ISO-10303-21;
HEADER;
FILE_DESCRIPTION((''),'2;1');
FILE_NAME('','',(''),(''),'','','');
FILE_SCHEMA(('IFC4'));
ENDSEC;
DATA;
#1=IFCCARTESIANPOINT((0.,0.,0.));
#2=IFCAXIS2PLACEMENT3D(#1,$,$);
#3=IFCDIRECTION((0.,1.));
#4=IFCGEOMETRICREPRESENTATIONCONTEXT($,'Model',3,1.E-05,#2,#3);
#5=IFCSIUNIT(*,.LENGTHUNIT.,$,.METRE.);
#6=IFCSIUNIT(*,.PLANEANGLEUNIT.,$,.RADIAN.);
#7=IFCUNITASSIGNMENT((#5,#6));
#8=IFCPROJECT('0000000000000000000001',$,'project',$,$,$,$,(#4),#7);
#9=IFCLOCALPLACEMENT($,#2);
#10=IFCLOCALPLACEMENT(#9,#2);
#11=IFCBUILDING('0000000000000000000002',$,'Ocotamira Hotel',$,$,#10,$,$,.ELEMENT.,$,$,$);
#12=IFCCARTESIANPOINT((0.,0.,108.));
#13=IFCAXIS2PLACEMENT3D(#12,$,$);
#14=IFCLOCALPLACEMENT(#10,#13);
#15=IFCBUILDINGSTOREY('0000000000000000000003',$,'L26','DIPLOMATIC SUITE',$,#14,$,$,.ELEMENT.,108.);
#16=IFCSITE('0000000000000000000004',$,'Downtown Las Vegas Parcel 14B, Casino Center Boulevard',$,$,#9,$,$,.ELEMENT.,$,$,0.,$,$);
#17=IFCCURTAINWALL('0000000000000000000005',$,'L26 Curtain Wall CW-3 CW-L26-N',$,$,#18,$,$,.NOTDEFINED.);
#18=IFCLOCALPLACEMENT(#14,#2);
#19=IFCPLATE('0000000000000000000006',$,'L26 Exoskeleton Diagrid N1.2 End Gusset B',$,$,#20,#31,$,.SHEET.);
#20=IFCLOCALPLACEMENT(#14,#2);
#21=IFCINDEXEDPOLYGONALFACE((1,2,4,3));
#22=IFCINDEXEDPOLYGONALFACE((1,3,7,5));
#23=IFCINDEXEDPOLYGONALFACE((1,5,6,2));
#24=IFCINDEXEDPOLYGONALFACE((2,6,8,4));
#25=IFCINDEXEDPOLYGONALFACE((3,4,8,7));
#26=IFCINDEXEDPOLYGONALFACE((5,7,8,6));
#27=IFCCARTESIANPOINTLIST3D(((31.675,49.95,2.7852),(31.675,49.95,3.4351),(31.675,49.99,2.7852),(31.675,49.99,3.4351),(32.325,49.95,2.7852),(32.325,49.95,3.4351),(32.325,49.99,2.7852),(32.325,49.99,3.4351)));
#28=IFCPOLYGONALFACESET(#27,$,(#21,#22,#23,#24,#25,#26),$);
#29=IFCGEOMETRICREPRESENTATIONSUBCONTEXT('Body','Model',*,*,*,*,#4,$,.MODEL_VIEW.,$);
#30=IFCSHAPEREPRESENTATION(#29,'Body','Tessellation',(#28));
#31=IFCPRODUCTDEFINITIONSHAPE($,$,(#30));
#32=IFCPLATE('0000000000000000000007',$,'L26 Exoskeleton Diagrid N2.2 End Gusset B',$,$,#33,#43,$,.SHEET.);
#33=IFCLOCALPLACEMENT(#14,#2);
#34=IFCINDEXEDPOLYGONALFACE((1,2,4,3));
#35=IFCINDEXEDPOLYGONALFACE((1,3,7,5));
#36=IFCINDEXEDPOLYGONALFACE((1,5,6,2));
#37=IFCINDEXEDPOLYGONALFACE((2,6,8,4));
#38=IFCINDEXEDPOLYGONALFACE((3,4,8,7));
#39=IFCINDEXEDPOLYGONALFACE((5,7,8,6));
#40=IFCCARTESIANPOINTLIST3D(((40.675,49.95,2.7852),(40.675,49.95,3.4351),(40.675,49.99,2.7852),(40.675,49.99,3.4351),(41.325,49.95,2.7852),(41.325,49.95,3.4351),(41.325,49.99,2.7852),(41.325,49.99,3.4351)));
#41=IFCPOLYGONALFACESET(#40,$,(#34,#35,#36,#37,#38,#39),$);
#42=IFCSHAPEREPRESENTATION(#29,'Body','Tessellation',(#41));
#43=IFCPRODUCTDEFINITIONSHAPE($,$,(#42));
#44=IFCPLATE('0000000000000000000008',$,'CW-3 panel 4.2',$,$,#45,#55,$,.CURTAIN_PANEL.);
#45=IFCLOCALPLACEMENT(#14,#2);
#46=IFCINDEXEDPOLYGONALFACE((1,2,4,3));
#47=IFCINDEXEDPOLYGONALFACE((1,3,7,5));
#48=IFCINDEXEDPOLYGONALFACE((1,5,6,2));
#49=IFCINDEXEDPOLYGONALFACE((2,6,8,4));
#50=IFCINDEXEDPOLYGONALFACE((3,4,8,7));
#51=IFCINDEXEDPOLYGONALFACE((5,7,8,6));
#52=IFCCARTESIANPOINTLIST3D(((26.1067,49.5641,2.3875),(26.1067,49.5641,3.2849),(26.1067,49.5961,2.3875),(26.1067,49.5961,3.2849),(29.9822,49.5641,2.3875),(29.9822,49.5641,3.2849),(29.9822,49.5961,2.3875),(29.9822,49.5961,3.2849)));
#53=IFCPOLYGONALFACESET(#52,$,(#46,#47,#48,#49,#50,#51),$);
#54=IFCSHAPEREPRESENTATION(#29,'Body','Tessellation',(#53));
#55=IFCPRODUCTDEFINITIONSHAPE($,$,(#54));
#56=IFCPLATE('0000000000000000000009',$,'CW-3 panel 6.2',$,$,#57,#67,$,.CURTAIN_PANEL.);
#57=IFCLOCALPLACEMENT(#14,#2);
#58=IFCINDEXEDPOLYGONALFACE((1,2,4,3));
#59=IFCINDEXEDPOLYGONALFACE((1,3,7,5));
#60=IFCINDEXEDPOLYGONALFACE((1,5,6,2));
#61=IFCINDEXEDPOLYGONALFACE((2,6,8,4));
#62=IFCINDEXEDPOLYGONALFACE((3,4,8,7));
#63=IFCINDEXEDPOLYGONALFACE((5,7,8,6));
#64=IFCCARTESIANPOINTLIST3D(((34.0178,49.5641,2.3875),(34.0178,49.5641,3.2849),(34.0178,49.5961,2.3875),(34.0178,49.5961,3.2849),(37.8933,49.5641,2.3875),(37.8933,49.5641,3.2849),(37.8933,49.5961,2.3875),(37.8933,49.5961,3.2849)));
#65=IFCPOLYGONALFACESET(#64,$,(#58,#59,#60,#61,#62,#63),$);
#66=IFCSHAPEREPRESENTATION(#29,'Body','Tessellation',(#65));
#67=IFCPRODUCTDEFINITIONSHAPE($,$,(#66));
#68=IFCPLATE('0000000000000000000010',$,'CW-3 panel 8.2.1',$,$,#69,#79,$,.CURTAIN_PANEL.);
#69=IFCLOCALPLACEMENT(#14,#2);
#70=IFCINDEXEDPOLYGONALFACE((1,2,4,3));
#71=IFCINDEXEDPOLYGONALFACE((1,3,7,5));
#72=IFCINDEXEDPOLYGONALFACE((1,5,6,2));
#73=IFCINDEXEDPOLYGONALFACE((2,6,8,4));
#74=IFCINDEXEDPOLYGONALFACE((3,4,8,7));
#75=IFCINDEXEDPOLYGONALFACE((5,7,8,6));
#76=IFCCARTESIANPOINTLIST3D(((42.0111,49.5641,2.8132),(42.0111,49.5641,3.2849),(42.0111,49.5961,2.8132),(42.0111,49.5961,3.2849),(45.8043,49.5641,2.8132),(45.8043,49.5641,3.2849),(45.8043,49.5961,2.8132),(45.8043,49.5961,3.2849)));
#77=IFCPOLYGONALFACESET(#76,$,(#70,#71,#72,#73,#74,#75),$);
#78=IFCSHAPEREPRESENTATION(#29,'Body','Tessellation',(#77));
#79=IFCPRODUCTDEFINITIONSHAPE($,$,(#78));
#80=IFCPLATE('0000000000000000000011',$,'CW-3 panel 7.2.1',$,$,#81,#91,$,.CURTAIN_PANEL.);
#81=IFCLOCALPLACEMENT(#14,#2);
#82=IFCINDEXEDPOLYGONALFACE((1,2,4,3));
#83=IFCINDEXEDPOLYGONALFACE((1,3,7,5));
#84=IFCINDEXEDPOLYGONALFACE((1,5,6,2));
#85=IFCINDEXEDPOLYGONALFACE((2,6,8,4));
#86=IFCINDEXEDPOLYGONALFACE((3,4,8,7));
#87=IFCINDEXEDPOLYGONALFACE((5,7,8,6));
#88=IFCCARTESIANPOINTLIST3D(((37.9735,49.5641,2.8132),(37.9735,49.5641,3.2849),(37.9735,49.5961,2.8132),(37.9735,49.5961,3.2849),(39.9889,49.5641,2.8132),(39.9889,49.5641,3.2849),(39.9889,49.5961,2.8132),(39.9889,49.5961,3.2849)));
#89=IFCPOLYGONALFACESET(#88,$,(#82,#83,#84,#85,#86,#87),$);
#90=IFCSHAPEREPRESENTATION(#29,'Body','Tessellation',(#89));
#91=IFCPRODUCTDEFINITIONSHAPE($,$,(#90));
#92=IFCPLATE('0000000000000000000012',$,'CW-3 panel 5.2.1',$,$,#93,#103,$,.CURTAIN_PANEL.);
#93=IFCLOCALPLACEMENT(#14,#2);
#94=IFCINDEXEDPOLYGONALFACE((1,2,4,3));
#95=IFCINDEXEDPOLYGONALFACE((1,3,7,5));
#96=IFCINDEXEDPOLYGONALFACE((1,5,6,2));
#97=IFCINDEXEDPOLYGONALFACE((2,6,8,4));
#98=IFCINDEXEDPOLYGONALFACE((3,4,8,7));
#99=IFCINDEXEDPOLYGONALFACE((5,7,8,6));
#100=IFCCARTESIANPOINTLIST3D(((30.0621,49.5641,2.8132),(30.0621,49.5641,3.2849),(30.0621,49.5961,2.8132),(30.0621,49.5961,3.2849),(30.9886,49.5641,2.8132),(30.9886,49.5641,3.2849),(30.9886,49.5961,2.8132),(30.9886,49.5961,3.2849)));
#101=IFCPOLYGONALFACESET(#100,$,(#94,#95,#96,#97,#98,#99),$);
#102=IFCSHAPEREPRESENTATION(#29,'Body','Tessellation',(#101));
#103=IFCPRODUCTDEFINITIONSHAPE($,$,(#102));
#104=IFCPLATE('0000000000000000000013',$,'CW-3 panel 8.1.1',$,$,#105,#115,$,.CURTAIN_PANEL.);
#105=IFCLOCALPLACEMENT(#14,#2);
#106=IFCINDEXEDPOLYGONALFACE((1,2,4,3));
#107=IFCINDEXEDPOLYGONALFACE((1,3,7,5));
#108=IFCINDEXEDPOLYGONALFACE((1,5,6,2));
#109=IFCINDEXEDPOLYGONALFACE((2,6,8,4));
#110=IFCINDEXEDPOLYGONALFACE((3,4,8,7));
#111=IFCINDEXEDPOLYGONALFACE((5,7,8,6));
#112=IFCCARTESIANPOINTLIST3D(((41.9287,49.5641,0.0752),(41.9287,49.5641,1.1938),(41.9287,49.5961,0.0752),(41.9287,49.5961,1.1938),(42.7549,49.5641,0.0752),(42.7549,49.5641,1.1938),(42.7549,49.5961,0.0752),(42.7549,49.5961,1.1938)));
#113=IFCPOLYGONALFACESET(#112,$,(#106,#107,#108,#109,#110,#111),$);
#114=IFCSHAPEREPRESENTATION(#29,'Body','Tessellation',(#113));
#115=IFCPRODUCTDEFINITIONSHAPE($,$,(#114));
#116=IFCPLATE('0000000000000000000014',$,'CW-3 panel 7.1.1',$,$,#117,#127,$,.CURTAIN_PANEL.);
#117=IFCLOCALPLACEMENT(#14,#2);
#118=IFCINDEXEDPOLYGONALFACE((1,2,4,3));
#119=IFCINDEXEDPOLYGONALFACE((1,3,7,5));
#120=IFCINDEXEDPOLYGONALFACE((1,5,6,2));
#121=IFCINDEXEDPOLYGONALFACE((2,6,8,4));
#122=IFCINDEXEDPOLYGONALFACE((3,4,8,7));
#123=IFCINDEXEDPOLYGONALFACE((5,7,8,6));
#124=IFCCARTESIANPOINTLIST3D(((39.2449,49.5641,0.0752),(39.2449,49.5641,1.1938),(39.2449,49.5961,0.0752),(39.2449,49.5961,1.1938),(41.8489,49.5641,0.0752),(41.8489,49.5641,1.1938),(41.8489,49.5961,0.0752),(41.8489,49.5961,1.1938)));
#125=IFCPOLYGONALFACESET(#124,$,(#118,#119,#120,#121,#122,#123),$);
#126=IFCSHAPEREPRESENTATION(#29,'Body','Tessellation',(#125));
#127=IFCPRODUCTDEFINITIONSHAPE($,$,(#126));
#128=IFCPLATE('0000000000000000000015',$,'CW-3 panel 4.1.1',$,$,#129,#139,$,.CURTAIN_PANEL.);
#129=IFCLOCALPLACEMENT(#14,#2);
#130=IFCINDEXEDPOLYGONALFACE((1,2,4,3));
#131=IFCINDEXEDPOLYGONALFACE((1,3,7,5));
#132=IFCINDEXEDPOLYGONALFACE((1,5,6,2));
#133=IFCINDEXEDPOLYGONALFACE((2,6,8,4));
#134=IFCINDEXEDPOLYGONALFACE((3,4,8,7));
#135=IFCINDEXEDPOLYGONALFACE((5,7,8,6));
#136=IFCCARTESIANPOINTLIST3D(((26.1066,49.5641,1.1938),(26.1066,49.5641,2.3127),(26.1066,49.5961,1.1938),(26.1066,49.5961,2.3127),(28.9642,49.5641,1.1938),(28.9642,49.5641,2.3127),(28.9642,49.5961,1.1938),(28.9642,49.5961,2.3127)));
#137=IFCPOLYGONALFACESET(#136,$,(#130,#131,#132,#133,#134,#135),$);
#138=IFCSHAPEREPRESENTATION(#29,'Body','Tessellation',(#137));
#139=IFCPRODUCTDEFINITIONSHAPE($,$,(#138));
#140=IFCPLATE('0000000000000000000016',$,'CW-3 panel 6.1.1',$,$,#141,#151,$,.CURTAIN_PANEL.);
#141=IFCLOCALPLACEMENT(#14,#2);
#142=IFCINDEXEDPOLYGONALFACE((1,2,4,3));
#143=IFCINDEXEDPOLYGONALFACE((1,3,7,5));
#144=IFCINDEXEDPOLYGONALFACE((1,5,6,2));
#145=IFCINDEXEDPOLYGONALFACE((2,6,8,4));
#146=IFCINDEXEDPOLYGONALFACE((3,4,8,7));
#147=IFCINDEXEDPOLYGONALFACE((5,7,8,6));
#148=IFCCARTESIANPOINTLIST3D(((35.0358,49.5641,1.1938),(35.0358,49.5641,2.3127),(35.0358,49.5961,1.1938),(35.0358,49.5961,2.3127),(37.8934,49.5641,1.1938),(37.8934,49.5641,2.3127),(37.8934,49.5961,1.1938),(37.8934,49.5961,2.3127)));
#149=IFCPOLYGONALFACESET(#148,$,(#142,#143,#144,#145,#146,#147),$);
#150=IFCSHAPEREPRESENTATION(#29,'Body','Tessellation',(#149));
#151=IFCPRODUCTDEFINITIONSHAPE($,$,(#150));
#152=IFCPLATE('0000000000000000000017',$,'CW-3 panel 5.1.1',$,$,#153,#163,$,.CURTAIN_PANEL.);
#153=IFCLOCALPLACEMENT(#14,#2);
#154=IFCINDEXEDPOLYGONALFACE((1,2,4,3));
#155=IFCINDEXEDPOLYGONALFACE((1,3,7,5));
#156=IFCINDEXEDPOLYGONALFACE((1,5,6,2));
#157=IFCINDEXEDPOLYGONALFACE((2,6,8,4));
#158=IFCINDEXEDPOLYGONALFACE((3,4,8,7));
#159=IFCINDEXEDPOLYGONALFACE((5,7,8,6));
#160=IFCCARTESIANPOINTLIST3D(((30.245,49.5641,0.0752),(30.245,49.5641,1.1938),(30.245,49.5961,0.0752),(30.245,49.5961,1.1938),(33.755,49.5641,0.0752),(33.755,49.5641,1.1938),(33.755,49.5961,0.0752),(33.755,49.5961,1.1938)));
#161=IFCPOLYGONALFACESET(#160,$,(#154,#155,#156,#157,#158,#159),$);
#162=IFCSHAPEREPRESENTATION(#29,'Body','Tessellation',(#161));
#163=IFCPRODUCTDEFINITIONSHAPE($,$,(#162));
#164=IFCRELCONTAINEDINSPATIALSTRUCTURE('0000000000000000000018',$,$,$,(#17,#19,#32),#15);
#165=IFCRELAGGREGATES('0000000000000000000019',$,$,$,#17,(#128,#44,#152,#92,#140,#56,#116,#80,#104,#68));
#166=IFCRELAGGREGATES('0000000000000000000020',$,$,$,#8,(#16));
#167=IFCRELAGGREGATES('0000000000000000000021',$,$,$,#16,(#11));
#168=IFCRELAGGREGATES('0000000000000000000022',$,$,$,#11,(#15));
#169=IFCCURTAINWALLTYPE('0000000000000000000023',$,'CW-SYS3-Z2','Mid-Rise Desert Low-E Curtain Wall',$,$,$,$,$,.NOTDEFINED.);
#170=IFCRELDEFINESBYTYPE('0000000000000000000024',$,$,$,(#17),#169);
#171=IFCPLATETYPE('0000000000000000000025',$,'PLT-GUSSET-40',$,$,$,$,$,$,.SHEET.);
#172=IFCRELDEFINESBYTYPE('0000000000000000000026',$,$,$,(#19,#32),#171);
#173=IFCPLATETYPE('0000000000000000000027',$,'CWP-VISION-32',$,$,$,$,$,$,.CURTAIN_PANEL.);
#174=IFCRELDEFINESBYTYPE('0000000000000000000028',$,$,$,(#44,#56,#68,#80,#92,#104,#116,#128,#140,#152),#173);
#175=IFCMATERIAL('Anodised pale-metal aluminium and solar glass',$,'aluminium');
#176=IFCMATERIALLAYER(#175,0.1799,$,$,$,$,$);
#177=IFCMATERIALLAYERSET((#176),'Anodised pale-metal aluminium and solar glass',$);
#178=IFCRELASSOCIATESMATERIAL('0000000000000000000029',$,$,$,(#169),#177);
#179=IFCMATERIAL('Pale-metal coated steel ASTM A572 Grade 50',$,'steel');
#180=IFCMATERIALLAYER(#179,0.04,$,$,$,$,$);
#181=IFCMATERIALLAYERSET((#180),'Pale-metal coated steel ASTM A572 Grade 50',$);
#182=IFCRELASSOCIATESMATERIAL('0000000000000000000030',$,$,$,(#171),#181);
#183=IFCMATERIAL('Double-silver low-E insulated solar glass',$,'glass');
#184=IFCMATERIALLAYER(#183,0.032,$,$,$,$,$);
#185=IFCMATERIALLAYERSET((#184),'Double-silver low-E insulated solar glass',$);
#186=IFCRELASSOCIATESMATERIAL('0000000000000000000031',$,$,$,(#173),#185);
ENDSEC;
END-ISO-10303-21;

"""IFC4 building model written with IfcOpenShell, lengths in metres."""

from ifc_helpers import new_model, si_unit, direction, frame, origin, origin_2d, place, context, subcontext, project, spatial, rectangle, extrude, source, transform, mapped, material, layer, layer_set, type_object, element, aggregate, save


model = new_model("IFC4")

# Units and contexts
model_context = context("Model", 3, precision=1e-05, world=origin(), true_north=direction((0.0, 1.0)))
body_context = subcontext(model_context, "Body", "Model", "MODEL_VIEW")
ifc_project = project(units=[si_unit("LENGTHUNIT", "METRE"), si_unit("PLANEANGLEUNIT", "RADIAN")], contexts=[model_context])

# Site, building, storey
site_placement = place(None, origin())
site = spatial("IfcSite", under=ifc_project, at=site_placement, Name="Downtown Las Vegas Parcel 14B, Casino Center Boulevard", CompositionType="ELEMENT", RefElevation=0.0)
building_placement = place(site_placement, origin())
building = spatial("IfcBuilding", under=site, at=building_placement, Name="Ocotamira Hotel", CompositionType="ELEMENT")
storey_placement = place(building_placement, frame((0.0, 0.0, 108.0)))
storey = spatial("IfcBuildingStorey", under=building, at=storey_placement, Name="L26", Description="DIPLOMATIC SUITE", CompositionType="ELEMENT", Elevation=108.0)

# Curtain wall
ifc_material_1 = material(Name="Anodised pale-metal aluminium and solar glass", Category="aluminium")
ifc_layer_1 = layer(ifc_material_1, 0.1799)
ifc_layer_set_1 = layer_set([ifc_layer_1], Name="Anodised pale-metal aluminium and solar glass")
curtain_wall_type = type_object("IfcCurtainWallType", Name="CW-SYS3-Z2", Description="Mid-Rise Desert Low-E Curtain Wall", PredefinedType="NOTDEFINED", material=ifc_layer_set_1)
curtain_wall_placement = place(storey_placement, origin())
curtain_wall = element("IfcCurtainWall", 1, at=curtain_wall_placement, inside=storey, type_object=curtain_wall_type, Name="L26 Curtain Wall CW-3 CW-L26-N", PredefinedType="NOTDEFINED")

# Plates
ifc_material_2 = material(Name="Pale-metal coated steel ASTM A572 Grade 50", Category="steel")
ifc_layer_2 = layer(ifc_material_2, 0.04)
ifc_layer_set_2 = layer_set([ifc_layer_2], Name="Pale-metal coated steel ASTM A572 Grade 50")
plate_type_1 = type_object("IfcPlateType", Name="PLT-GUSSET-40", PredefinedType="SHEET", material=ifc_layer_set_2)
shared_shape_1 = source(origin(), body_context, "Body", "SweptSolid", [
    extrude(rectangle(XDim=0.6499, YDim=0.04, at=origin_2d()), origin(), (0.0, 0.0, 1.0), 0.6499),
])
for number, where, z_axis, x_axis, name in (
    (2, (32.0, 49.97, 2.7852), (0.0, 0.0, 1.0), (1.0, 0.0, 0.0), "L26 Exoskeleton Diagrid N1.2 End Gusset B"),
    (3, (41.0, 49.97, 2.7852), (0.0, 0.0, 1.0), (1.0, 0.0, 0.0), "L26 Exoskeleton Diagrid N2.2 End Gusset B"),
):
    element("IfcPlate", number, at=place(storey_placement, frame(where, z_axis=z_axis, x_axis=x_axis)), inside=storey, type_object=plate_type_1, Name=name, PredefinedType="SHEET", context=body_context, shape_type="MappedRepresentation", body=[
        mapped(shared_shape_1, transform((0.0, 0.0, 0.0), scale=1.0)),
    ])

# Plates
ifc_material_3 = material(Name="Double-silver low-E insulated solar glass", Category="glass")
ifc_layer_3 = layer(ifc_material_3, 0.032)
ifc_layer_set_3 = layer_set([ifc_layer_3], Name="Double-silver low-E insulated solar glass")
plate_type_2 = type_object("IfcPlateType", Name="CWP-VISION-32", PredefinedType="CURTAIN_PANEL", material=ifc_layer_set_3)
shared_shape_2 = source(origin(), body_context, "Body", "SweptSolid", [
    extrude(rectangle(XDim=3.8755, YDim=0.032, at=origin_2d()), origin(), (0.0, 0.0, 1.0), 0.8975),
])
plate_1_placement = place(storey_placement, frame((28.0444, 49.5801, 2.3875), z_axis=(0.0, 0.0, 1.0), x_axis=(1.0, 0.0, 0.0)))
plate_1 = element("IfcPlate", 4, at=plate_1_placement, type_object=plate_type_2, Name="CW-3 panel 4.2", PredefinedType="CURTAIN_PANEL", context=body_context, shape_type="MappedRepresentation", body=[
    mapped(shared_shape_2, transform((0.0, 0.0, 0.0), scale=1.0)),
])
plate_2_placement = place(storey_placement, frame((35.9556, 49.5801, 2.3875), z_axis=(0.0, 0.0, 1.0), x_axis=(1.0, 0.0, 0.0)))
plate_2 = element("IfcPlate", 5, at=plate_2_placement, type_object=plate_type_2, Name="CW-3 panel 6.2", PredefinedType="CURTAIN_PANEL", context=body_context, shape_type="MappedRepresentation", body=[
    mapped(shared_shape_2, transform((0.0, 0.0, 0.0), scale=1.0)),
])
shared_shape_3 = source(origin(), body_context, "Body", "SweptSolid", [
    extrude(rectangle(XDim=3.7932, YDim=0.032, at=origin_2d()), origin(), (0.0, 0.0, 1.0), 0.4717),
])
plate_3_placement = place(storey_placement, frame((43.9077, 49.5801, 2.8132), z_axis=(0.0, 0.0, 1.0), x_axis=(1.0, 0.0, 0.0)))
plate_3 = element("IfcPlate", 6, at=plate_3_placement, type_object=plate_type_2, Name="CW-3 panel 8.2.1", PredefinedType="CURTAIN_PANEL", context=body_context, shape_type="MappedRepresentation", body=[
    mapped(shared_shape_3, transform((0.0, 0.0, 0.0), scale=1.0)),
])
shared_shape_4 = source(origin(), body_context, "Body", "SweptSolid", [
    extrude(rectangle(XDim=2.0154, YDim=0.032, at=origin_2d()), origin(), (0.0, 0.0, 1.0), 0.4717),
])
plate_4_placement = place(storey_placement, frame((38.9812, 49.5801, 2.8132), z_axis=(0.0, 0.0, 1.0), x_axis=(1.0, 0.0, 0.0)))
plate_4 = element("IfcPlate", 7, at=plate_4_placement, type_object=plate_type_2, Name="CW-3 panel 7.2.1", PredefinedType="CURTAIN_PANEL", context=body_context, shape_type="MappedRepresentation", body=[
    mapped(shared_shape_4, transform((0.0, 0.0, 0.0), scale=1.0)),
])
shared_shape_5 = source(origin(), body_context, "Body", "SweptSolid", [
    extrude(rectangle(XDim=0.9265, YDim=0.032, at=origin_2d()), origin(), (0.0, 0.0, 1.0), 0.4717),
])
plate_5_placement = place(storey_placement, frame((30.5254, 49.5801, 2.8132), z_axis=(0.0, 0.0, 1.0), x_axis=(1.0, 0.0, 0.0)))
plate_5 = element("IfcPlate", 8, at=plate_5_placement, type_object=plate_type_2, Name="CW-3 panel 5.2.1", PredefinedType="CURTAIN_PANEL", context=body_context, shape_type="MappedRepresentation", body=[
    mapped(shared_shape_5, transform((0.0, 0.0, 0.0), scale=1.0)),
])
shared_shape_6 = source(origin(), body_context, "Body", "SweptSolid", [
    extrude(rectangle(XDim=0.8262, YDim=0.032, at=origin_2d()), origin(), (0.0, 0.0, 1.0), 1.1187),
])
plate_6_placement = place(storey_placement, frame((42.3418, 49.5801, 0.0752), z_axis=(0.0, 0.0, 1.0), x_axis=(1.0, 0.0, 0.0)))
plate_6 = element("IfcPlate", 9, at=plate_6_placement, type_object=plate_type_2, Name="CW-3 panel 8.1.1", PredefinedType="CURTAIN_PANEL", context=body_context, shape_type="MappedRepresentation", body=[
    mapped(shared_shape_6, transform((0.0, 0.0, 0.0), scale=1.0)),
])
shared_shape_7 = source(origin(), body_context, "Body", "SweptSolid", [
    extrude(rectangle(XDim=2.604, YDim=0.032, at=origin_2d()), origin(), (0.0, 0.0, 1.0), 1.1187),
])
plate_7_placement = place(storey_placement, frame((40.5469, 49.5801, 0.0752), z_axis=(0.0, 0.0, 1.0), x_axis=(1.0, 0.0, 0.0)))
plate_7 = element("IfcPlate", 10, at=plate_7_placement, type_object=plate_type_2, Name="CW-3 panel 7.1.1", PredefinedType="CURTAIN_PANEL", context=body_context, shape_type="MappedRepresentation", body=[
    mapped(shared_shape_7, transform((0.0, 0.0, 0.0), scale=1.0)),
])
shared_shape_8 = source(origin(), body_context, "Body", "SweptSolid", [
    extrude(rectangle(XDim=2.8577, YDim=0.032, at=origin_2d()), origin(), (0.0, 0.0, 1.0), 1.1189),
])
plate_8_placement = place(storey_placement, frame((27.5354, 49.5801, 1.1938), z_axis=(0.0, 0.0, 1.0), x_axis=(1.0, 0.0, 0.0)))
plate_8 = element("IfcPlate", 11, at=plate_8_placement, type_object=plate_type_2, Name="CW-3 panel 4.1.1", PredefinedType="CURTAIN_PANEL", context=body_context, shape_type="MappedRepresentation", body=[
    mapped(shared_shape_8, transform((0.0, 0.0, 0.0), scale=1.0)),
])
plate_9_placement = place(storey_placement, frame((36.4646, 49.5801, 1.1938), z_axis=(0.0, 0.0, 1.0), x_axis=(1.0, 0.0, 0.0)))
plate_9 = element("IfcPlate", 12, at=plate_9_placement, type_object=plate_type_2, Name="CW-3 panel 6.1.1", PredefinedType="CURTAIN_PANEL", context=body_context, shape_type="MappedRepresentation", body=[
    mapped(shared_shape_8, transform((0.0, 0.0, 0.0), scale=1.0)),
])
shared_shape_9 = source(origin(), body_context, "Body", "SweptSolid", [
    extrude(rectangle(XDim=3.51, YDim=0.032, at=origin_2d()), origin(), (0.0, 0.0, 1.0), 1.1187),
])
plate_10_placement = place(storey_placement, frame((32.0, 49.5801, 0.0752), z_axis=(0.0, 0.0, 1.0), x_axis=(1.0, 0.0, 0.0)))
plate_10 = element("IfcPlate", 13, at=plate_10_placement, type_object=plate_type_2, Name="CW-3 panel 5.1.1", PredefinedType="CURTAIN_PANEL", context=body_context, shape_type="MappedRepresentation", body=[
    mapped(shared_shape_9, transform((0.0, 0.0, 0.0), scale=1.0)),
])
aggregate(curtain_wall, [plate_8, plate_1, plate_10, plate_5, plate_9, plate_2, plate_7, plate_4, plate_6, plate_3])

save(model, "model.ifc")
